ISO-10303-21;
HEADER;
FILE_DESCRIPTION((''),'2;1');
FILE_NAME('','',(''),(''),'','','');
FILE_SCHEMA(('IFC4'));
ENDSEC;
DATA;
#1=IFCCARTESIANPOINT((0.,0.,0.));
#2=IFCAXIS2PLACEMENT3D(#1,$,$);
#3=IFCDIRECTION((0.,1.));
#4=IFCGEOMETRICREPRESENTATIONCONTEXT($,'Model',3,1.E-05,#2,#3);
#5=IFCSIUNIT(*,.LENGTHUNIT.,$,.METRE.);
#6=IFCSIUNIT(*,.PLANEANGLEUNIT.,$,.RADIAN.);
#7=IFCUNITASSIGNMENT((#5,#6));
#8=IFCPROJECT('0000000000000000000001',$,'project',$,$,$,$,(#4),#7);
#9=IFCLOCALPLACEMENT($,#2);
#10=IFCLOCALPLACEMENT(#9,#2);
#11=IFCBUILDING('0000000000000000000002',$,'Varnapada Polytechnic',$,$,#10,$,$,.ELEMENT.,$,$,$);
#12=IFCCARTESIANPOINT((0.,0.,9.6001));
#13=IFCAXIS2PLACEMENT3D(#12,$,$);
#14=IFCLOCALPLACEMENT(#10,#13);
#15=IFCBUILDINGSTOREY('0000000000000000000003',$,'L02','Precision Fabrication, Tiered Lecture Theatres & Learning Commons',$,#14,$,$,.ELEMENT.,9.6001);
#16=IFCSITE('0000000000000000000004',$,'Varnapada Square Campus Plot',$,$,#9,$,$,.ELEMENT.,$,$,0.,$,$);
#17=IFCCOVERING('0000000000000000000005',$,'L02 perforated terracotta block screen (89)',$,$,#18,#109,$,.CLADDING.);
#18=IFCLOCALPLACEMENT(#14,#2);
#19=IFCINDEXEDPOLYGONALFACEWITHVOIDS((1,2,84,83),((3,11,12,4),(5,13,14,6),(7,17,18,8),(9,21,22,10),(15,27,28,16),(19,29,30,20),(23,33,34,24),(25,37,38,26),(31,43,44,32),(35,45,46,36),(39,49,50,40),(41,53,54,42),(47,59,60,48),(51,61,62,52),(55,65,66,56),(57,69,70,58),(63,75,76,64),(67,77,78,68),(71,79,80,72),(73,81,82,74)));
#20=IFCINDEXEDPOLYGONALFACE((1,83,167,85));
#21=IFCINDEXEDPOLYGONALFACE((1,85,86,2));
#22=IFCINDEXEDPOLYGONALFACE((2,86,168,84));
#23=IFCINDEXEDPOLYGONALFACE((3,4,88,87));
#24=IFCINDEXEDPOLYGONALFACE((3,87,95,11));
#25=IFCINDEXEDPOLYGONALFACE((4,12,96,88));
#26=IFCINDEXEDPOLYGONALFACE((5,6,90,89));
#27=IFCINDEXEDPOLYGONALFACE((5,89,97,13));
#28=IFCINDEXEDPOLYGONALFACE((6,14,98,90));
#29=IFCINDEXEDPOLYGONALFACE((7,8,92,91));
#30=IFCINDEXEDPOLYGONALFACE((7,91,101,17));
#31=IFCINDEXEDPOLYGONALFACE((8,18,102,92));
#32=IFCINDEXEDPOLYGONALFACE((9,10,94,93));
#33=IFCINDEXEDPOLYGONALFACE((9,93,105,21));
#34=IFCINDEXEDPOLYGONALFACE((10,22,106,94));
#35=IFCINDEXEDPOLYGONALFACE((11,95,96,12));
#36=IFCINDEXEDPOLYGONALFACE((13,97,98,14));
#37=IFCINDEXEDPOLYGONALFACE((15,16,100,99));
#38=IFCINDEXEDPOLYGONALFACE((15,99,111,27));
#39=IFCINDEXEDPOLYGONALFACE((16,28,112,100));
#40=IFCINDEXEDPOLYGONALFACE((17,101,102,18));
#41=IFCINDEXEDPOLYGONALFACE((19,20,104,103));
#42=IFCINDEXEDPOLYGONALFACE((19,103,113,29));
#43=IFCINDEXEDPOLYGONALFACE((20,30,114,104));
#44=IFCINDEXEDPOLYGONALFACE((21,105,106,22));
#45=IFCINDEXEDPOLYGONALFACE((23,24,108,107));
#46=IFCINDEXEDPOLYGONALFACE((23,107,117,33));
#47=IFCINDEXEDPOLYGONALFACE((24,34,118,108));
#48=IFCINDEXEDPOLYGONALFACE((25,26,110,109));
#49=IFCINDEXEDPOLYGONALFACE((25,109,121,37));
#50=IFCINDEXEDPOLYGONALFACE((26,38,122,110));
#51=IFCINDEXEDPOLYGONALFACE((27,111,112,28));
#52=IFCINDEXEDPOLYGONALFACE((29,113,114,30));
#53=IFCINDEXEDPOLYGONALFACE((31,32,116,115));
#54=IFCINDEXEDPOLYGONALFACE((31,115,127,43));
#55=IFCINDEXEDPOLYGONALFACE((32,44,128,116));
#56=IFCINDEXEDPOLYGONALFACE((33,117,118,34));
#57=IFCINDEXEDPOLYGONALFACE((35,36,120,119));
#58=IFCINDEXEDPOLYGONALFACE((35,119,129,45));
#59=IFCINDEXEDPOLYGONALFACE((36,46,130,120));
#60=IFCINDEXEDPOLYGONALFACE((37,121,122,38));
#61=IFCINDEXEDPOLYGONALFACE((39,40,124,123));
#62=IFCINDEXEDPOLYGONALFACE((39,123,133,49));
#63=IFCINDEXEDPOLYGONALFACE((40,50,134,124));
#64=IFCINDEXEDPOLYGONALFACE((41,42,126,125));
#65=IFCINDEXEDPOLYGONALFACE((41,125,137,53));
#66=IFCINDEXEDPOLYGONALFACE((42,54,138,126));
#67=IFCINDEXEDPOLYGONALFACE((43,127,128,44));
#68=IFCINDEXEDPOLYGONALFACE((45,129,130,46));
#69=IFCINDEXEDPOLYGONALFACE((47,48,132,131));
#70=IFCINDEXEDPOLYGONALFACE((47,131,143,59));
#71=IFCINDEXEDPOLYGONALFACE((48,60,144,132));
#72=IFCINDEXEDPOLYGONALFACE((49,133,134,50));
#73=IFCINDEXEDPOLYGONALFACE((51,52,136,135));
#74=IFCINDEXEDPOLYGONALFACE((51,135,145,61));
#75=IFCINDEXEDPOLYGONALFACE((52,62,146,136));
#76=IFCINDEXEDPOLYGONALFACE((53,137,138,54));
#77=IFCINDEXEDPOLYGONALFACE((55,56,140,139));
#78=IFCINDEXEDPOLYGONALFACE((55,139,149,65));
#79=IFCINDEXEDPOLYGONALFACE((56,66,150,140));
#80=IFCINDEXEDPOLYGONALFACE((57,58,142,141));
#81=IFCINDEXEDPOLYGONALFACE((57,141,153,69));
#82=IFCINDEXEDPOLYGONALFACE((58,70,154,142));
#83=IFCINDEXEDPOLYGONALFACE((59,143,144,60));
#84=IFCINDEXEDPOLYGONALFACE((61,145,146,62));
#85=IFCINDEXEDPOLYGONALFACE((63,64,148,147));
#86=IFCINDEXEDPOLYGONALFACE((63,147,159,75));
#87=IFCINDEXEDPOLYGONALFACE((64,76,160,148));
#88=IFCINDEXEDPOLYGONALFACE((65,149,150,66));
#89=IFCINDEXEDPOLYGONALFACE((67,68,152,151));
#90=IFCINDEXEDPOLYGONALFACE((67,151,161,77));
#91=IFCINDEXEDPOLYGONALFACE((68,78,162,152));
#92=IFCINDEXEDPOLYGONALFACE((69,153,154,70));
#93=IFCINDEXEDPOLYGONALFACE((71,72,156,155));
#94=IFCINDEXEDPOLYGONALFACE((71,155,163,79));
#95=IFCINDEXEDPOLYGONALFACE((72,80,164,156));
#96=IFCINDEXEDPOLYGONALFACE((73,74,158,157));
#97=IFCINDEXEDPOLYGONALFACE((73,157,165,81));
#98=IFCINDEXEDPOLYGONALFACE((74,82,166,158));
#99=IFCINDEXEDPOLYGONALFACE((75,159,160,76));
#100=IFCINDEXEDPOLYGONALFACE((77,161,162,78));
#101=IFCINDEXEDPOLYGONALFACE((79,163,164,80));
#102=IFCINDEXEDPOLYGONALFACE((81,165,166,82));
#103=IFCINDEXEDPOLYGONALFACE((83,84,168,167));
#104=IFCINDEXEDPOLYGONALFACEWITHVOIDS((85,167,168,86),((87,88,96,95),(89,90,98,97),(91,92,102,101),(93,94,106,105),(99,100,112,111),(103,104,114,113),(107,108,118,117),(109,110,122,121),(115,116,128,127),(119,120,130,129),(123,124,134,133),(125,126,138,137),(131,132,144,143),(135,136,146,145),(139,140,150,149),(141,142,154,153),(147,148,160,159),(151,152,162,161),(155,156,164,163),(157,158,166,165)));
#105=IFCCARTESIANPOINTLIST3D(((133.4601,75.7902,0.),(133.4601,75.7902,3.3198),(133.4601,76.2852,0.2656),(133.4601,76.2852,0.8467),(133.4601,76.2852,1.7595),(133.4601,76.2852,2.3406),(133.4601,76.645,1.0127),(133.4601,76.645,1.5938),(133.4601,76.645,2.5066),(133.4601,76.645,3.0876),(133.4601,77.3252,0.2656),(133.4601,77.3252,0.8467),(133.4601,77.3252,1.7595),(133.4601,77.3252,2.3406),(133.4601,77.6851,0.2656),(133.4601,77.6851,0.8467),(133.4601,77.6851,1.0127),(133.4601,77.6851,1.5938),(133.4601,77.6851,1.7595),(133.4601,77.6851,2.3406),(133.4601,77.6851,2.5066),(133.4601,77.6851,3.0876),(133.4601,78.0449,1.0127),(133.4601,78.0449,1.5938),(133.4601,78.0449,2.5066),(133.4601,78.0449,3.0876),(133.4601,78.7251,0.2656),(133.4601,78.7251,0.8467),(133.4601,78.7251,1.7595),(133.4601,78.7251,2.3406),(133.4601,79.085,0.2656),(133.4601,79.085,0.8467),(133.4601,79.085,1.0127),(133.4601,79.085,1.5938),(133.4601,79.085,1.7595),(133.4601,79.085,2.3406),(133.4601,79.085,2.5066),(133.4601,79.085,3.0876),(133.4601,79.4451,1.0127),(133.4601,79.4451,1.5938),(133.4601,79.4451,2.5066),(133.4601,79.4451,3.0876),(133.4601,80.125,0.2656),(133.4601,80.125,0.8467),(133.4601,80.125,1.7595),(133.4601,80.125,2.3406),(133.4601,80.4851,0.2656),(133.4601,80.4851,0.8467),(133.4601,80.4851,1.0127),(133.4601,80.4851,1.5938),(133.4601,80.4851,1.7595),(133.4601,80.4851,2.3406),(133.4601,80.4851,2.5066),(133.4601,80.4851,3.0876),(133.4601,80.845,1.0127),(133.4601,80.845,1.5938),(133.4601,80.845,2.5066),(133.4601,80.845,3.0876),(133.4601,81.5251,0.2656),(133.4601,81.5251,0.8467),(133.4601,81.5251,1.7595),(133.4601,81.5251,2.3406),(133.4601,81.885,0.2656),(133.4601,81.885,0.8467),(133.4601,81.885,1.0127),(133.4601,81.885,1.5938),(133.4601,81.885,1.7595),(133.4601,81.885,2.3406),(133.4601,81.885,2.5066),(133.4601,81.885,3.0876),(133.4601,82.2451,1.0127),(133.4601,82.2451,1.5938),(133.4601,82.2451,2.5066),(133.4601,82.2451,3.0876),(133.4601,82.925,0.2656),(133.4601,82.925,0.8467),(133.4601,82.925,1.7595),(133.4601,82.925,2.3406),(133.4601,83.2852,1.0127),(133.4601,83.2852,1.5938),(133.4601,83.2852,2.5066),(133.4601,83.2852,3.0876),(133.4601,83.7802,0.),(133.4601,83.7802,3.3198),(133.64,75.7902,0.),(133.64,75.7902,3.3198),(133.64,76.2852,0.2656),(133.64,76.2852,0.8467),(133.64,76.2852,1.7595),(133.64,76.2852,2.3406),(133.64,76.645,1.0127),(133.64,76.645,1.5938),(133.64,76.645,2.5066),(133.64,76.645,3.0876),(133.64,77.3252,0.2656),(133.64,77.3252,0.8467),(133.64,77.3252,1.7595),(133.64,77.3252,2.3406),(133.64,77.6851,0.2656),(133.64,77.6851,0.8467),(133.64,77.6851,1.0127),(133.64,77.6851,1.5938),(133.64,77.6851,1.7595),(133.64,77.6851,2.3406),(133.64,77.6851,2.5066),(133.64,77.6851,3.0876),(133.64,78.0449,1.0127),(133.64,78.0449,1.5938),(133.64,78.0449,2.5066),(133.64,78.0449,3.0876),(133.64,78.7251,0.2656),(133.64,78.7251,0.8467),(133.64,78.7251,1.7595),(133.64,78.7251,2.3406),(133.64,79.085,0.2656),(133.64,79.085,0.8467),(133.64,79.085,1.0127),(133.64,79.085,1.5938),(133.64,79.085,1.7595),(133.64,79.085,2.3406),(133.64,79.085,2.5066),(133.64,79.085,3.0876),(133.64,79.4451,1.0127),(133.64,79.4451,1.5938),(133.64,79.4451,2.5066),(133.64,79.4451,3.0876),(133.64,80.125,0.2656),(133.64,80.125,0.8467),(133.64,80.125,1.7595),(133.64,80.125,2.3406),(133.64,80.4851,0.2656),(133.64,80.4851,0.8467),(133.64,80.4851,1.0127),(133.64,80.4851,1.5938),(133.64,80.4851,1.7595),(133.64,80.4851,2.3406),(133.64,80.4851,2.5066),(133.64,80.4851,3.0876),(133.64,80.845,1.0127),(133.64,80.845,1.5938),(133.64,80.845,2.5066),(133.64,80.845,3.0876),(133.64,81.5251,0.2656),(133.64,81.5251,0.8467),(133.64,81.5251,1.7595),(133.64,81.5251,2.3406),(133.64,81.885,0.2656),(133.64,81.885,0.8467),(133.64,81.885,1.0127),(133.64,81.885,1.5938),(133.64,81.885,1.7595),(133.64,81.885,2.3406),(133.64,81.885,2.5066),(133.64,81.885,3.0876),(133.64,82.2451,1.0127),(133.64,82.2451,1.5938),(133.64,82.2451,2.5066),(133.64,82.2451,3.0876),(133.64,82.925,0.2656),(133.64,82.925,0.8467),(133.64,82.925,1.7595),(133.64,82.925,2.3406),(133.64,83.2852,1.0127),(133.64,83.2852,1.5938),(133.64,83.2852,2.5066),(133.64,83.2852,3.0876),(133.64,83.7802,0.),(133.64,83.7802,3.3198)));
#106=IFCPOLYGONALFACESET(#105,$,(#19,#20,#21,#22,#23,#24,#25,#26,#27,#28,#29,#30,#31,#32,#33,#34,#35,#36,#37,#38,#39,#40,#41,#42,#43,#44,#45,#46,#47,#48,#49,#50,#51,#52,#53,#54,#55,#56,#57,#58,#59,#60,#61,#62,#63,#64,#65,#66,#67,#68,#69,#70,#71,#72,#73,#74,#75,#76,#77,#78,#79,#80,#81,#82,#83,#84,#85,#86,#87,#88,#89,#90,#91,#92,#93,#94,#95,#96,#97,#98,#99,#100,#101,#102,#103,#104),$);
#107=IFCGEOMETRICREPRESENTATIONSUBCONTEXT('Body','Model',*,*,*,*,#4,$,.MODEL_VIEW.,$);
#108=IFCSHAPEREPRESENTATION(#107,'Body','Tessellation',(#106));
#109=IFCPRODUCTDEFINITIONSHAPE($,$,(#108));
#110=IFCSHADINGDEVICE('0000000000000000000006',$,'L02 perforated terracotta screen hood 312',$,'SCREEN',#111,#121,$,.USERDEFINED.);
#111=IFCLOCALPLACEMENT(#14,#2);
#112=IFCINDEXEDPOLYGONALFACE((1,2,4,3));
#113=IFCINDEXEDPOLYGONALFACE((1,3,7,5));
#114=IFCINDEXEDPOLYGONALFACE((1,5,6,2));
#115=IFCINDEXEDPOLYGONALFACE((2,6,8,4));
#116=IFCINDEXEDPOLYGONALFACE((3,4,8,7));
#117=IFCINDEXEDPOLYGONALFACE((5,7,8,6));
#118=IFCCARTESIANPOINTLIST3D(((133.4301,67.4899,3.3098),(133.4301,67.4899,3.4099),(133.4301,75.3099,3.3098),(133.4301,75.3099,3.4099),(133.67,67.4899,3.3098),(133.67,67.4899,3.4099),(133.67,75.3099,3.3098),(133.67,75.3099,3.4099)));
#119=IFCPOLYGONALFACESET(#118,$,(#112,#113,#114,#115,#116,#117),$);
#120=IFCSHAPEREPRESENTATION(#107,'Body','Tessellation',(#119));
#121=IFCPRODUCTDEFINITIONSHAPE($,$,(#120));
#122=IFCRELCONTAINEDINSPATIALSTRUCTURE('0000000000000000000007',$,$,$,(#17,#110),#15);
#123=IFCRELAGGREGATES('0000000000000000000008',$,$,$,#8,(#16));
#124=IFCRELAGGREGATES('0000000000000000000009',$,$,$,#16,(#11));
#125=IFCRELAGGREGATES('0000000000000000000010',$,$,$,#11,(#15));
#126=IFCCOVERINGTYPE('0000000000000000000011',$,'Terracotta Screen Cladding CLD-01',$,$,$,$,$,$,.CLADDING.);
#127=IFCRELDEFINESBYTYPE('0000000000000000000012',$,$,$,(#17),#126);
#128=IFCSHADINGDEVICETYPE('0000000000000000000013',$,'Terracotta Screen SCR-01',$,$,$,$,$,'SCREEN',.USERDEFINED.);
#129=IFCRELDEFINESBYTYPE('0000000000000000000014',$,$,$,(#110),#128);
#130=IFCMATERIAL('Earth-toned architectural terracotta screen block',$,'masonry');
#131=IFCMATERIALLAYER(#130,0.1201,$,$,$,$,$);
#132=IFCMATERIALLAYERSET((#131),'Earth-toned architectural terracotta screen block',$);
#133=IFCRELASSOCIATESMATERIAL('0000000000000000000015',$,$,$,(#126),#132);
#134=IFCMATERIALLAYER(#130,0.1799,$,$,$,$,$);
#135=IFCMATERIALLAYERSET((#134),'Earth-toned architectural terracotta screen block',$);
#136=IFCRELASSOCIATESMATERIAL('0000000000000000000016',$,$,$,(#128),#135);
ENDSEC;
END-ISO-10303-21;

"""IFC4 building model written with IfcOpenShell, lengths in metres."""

from ifc_helpers import new_model, si_unit, direction, frame, frame_2d, origin, origin_2d, place, context, subcontext, project, spatial, rectangle, extrude, material, layer, layer_set, type_object, element, save


model = new_model("IFC4")

# Units and contexts
model_context = context("Model", 3, precision=1e-05, world=origin(), true_north=direction((0.0, 1.0)))
body_context = subcontext(model_context, "Body", "Model", "MODEL_VIEW")
ifc_project = project(units=[si_unit("LENGTHUNIT", "METRE"), si_unit("PLANEANGLEUNIT", "RADIAN")], contexts=[model_context])

# Site, building, storey
site_placement = place(None, origin())
site = spatial("IfcSite", under=ifc_project, at=site_placement, Name="Varnapada Square Campus Plot", CompositionType="ELEMENT", RefElevation=0.0)
building_placement = place(site_placement, origin())
building = spatial("IfcBuilding", under=site, at=building_placement, Name="Varnapada Polytechnic", CompositionType="ELEMENT")
storey_placement = place(building_placement, frame((0.0, 0.0, 9.6001)))
storey = spatial("IfcBuildingStorey", under=building, at=storey_placement, Name="L02", Description="Precision Fabrication, Tiered Lecture Theatres & Learning Commons", CompositionType="ELEMENT", Elevation=9.6001)

# Covering, openings
ifc_material = material(Name="Earth-toned architectural terracotta screen block", Category="masonry")
ifc_layer_1 = layer(ifc_material, 0.1201)
ifc_layer_set_1 = layer_set([ifc_layer_1], Name="Earth-toned architectural terracotta screen block")
covering_type = type_object("IfcCoveringType", Name="Terracotta Screen Cladding CLD-01", PredefinedType="CLADDING", material=ifc_layer_set_1)
covering_placement = place(storey_placement, frame((133.55, 75.79, 0.0), z_axis=(0.0, 0.0, 1.0), x_axis=(0.0, 1.0, 0.0)))
covering = element("IfcCovering", 1, at=covering_placement, inside=storey, type_object=covering_type, Name="L02 perforated terracotta block screen (89)", PredefinedType="CLADDING", context=body_context, shape_type="SweptSolid", body=[
    extrude(rectangle(XDim=7.99, YDim=0.1799, at=frame_2d((3.9951, 0.0))), origin(), (0.0, 0.0, 1.0), 3.3198),
])
opening_1_placement = place(covering_placement, frame((0.4951, 0.0, 0.2656)))
element("IfcOpeningElement", 2, at=opening_1_placement, cuts=covering, PredefinedType="OPENING", context=body_context, shape_type="SweptSolid", body=[
    extrude(rectangle(XDim=1.04, YDim=0.5811, at=frame_2d((0.52, 0.2905))), frame((0.0, 0.0999, 0.0), z_axis=(0.0, -1.0, 0.0), x_axis=(1.0, 0.0, 0.0)), (0.0, 0.0, 1.0), 0.2),
])
opening_2_placement = place(covering_placement, frame((1.895, 0.0, 0.2656)))
element("IfcOpeningElement", 3, at=opening_2_placement, cuts=covering, PredefinedType="OPENING", context=body_context, shape_type="SweptSolid", body=[
    extrude(rectangle(XDim=1.04, YDim=0.5811, at=frame_2d((0.52, 0.2905))), frame((0.0, 0.0999, 0.0), z_axis=(0.0, -1.0, 0.0), x_axis=(1.0, 0.0, 0.0)), (0.0, 0.0, 1.0), 0.2),
])
opening_3_placement = place(covering_placement, frame((3.2949, 0.0, 0.2656)))
element("IfcOpeningElement", 4, at=opening_3_placement, cuts=covering, PredefinedType="OPENING", context=body_context, shape_type="SweptSolid", body=[
    extrude(rectangle(XDim=1.04, YDim=0.5811, at=frame_2d((0.52, 0.2905))), frame((0.0, 0.0999, 0.0), z_axis=(0.0, -1.0, 0.0), x_axis=(1.0, 0.0, 0.0)), (0.0, 0.0, 1.0), 0.2),
])
opening_4_placement = place(covering_placement, frame((4.6951, 0.0, 0.2656)))
element("IfcOpeningElement", 5, at=opening_4_placement, cuts=covering, PredefinedType="OPENING", context=body_context, shape_type="SweptSolid", body=[
    extrude(rectangle(XDim=1.04, YDim=0.5811, at=frame_2d((0.52, 0.2905))), frame((0.0, 0.0999, 0.0), z_axis=(0.0, -1.0, 0.0), x_axis=(1.0, 0.0, 0.0)), (0.0, 0.0, 1.0), 0.2),
])
opening_5_placement = place(covering_placement, frame((6.095, 0.0, 0.2656)))
element("IfcOpeningElement", 6, at=opening_5_placement, cuts=covering, PredefinedType="OPENING", context=body_context, shape_type="SweptSolid", body=[
    extrude(rectangle(XDim=1.04, YDim=0.5811, at=frame_2d((0.52, 0.2905))), frame((0.0, 0.0999, 0.0), z_axis=(0.0, -1.0, 0.0), x_axis=(1.0, 0.0, 0.0)), (0.0, 0.0, 1.0), 0.2),
])
opening_6_placement = place(covering_placement, frame((0.855, 0.0, 1.0127)))
element("IfcOpeningElement", 7, at=opening_6_placement, cuts=covering, PredefinedType="OPENING", context=body_context, shape_type="SweptSolid", body=[
    extrude(rectangle(XDim=1.04, YDim=0.5811, at=frame_2d((0.52, 0.2905))), frame((0.0, 0.0999, 0.0), z_axis=(0.0, -1.0, 0.0), x_axis=(1.0, 0.0, 0.0)), (0.0, 0.0, 1.0), 0.2),
])
opening_7_placement = place(covering_placement, frame((2.2549, 0.0, 1.0127)))
element("IfcOpeningElement", 8, at=opening_7_placement, cuts=covering, PredefinedType="OPENING", context=body_context, shape_type="SweptSolid", body=[
    extrude(rectangle(XDim=1.04, YDim=0.5811, at=frame_2d((0.52, 0.2905))), frame((0.0, 0.0999, 0.0), z_axis=(0.0, -1.0, 0.0), x_axis=(1.0, 0.0, 0.0)), (0.0, 0.0, 1.0), 0.2),
])
opening_8_placement = place(covering_placement, frame((3.655, 0.0, 1.0127)))
element("IfcOpeningElement", 9, at=opening_8_placement, cuts=covering, PredefinedType="OPENING", context=body_context, shape_type="SweptSolid", body=[
    extrude(rectangle(XDim=1.04, YDim=0.5811, at=frame_2d((0.52, 0.2905))), frame((0.0, 0.0999, 0.0), z_axis=(0.0, -1.0, 0.0), x_axis=(1.0, 0.0, 0.0)), (0.0, 0.0, 1.0), 0.2),
])
opening_9_placement = place(covering_placement, frame((5.0549, 0.0, 1.0127)))
element("IfcOpeningElement", 10, at=opening_9_placement, cuts=covering, PredefinedType="OPENING", context=body_context, shape_type="SweptSolid", body=[
    extrude(rectangle(XDim=1.04, YDim=0.5811, at=frame_2d((0.52, 0.2905))), frame((0.0, 0.0999, 0.0), z_axis=(0.0, -1.0, 0.0), x_axis=(1.0, 0.0, 0.0)), (0.0, 0.0, 1.0), 0.2),
])
opening_10_placement = place(covering_placement, frame((6.4551, 0.0, 1.0127)))
element("IfcOpeningElement", 11, at=opening_10_placement, cuts=covering, PredefinedType="OPENING", context=body_context, shape_type="SweptSolid", body=[
    extrude(rectangle(XDim=1.04, YDim=0.5811, at=frame_2d((0.52, 0.2905))), frame((0.0, 0.0999, 0.0), z_axis=(0.0, -1.0, 0.0), x_axis=(1.0, 0.0, 0.0)), (0.0, 0.0, 1.0), 0.2),
])
opening_11_placement = place(covering_placement, frame((0.4951, 0.0, 1.7595)))
element("IfcOpeningElement", 12, at=opening_11_placement, cuts=covering, PredefinedType="OPENING", context=body_context, shape_type="SweptSolid", body=[
    extrude(rectangle(XDim=1.04, YDim=0.5811, at=frame_2d((0.52, 0.2905))), frame((0.0, 0.0999, 0.0), z_axis=(0.0, -1.0, 0.0), x_axis=(1.0, 0.0, 0.0)), (0.0, 0.0, 1.0), 0.2),
])
opening_12_placement = place(covering_placement, frame((1.895, 0.0, 1.7595)))
element("IfcOpeningElement", 13, at=opening_12_placement, cuts=covering, PredefinedType="OPENING", context=body_context, shape_type="SweptSolid", body=[
    extrude(rectangle(XDim=1.04, YDim=0.5811, at=frame_2d((0.52, 0.2905))), frame((0.0, 0.0999, 0.0), z_axis=(0.0, -1.0, 0.0), x_axis=(1.0, 0.0, 0.0)), (0.0, 0.0, 1.0), 0.2),
])
opening_13_placement = place(covering_placement, frame((3.2949, 0.0, 1.7595)))
element("IfcOpeningElement", 14, at=opening_13_placement, cuts=covering, PredefinedType="OPENING", context=body_context, shape_type="SweptSolid", body=[
    extrude(rectangle(XDim=1.04, YDim=0.5811, at=frame_2d((0.52, 0.2905))), frame((0.0, 0.0999, 0.0), z_axis=(0.0, -1.0, 0.0), x_axis=(1.0, 0.0, 0.0)), (0.0, 0.0, 1.0), 0.2),
])
opening_14_placement = place(covering_placement, frame((4.6951, 0.0, 1.7595)))
element("IfcOpeningElement", 15, at=opening_14_placement, cuts=covering, PredefinedType="OPENING", context=body_context, shape_type="SweptSolid", body=[
    extrude(rectangle(XDim=1.04, YDim=0.5811, at=frame_2d((0.52, 0.2905))), frame((0.0, 0.0999, 0.0), z_axis=(0.0, -1.0, 0.0), x_axis=(1.0, 0.0, 0.0)), (0.0, 0.0, 1.0), 0.2),
])
opening_15_placement = place(covering_placement, frame((6.095, 0.0, 1.7595)))
element("IfcOpeningElement", 16, at=opening_15_placement, cuts=covering, PredefinedType="OPENING", context=body_context, shape_type="SweptSolid", body=[
    extrude(rectangle(XDim=1.04, YDim=0.5811, at=frame_2d((0.52, 0.2905))), frame((0.0, 0.0999, 0.0), z_axis=(0.0, -1.0, 0.0), x_axis=(1.0, 0.0, 0.0)), (0.0, 0.0, 1.0), 0.2),
])
opening_16_placement = place(covering_placement, frame((0.855, 0.0, 2.5066)))
element("IfcOpeningElement", 17, at=opening_16_placement, cuts=covering, PredefinedType="OPENING", context=body_context, shape_type="SweptSolid", body=[
    extrude(rectangle(XDim=1.04, YDim=0.5811, at=frame_2d((0.52, 0.2905))), frame((0.0, 0.0999, 0.0), z_axis=(0.0, -1.0, 0.0), x_axis=(1.0, 0.0, 0.0)), (0.0, 0.0, 1.0), 0.2),
])
opening_17_placement = place(covering_placement, frame((2.2549, 0.0, 2.5066)))
element("IfcOpeningElement", 18, at=opening_17_placement, cuts=covering, PredefinedType="OPENING", context=body_context, shape_type="SweptSolid", body=[
    extrude(rectangle(XDim=1.04, YDim=0.5811, at=frame_2d((0.52, 0.2905))), frame((0.0, 0.0999, 0.0), z_axis=(0.0, -1.0, 0.0), x_axis=(1.0, 0.0, 0.0)), (0.0, 0.0, 1.0), 0.2),
])
opening_18_placement = place(covering_placement, frame((3.655, 0.0, 2.5066)))
element("IfcOpeningElement", 19, at=opening_18_placement, cuts=covering, PredefinedType="OPENING", context=body_context, shape_type="SweptSolid", body=[
    extrude(rectangle(XDim=1.04, YDim=0.5811, at=frame_2d((0.52, 0.2905))), frame((0.0, 0.0999, 0.0), z_axis=(0.0, -1.0, 0.0), x_axis=(1.0, 0.0, 0.0)), (0.0, 0.0, 1.0), 0.2),
])
opening_19_placement = place(covering_placement, frame((5.0549, 0.0, 2.5066)))
element("IfcOpeningElement", 20, at=opening_19_placement, cuts=covering, PredefinedType="OPENING", context=body_context, shape_type="SweptSolid", body=[
    extrude(rectangle(XDim=1.04, YDim=0.5811, at=frame_2d((0.52, 0.2905))), frame((0.0, 0.0999, 0.0), z_axis=(0.0, -1.0, 0.0), x_axis=(1.0, 0.0, 0.0)), (0.0, 0.0, 1.0), 0.2),
])
opening_20_placement = place(covering_placement, frame((6.4551, 0.0, 2.5066)))
element("IfcOpeningElement", 21, at=opening_20_placement, cuts=covering, PredefinedType="OPENING", context=body_context, shape_type="SweptSolid", body=[
    extrude(rectangle(XDim=1.04, YDim=0.5811, at=frame_2d((0.52, 0.2905))), frame((0.0, 0.0999, 0.0), z_axis=(0.0, -1.0, 0.0), x_axis=(1.0, 0.0, 0.0)), (0.0, 0.0, 1.0), 0.2),
])

# Shading device
ifc_layer_2 = layer(ifc_material, 0.1799)
ifc_layer_set_2 = layer_set([ifc_layer_2], Name="Earth-toned architectural terracotta screen block")
shading_device_type = type_object("IfcShadingDeviceType", Name="Terracotta Screen SCR-01", ElementType="SCREEN", PredefinedType="USERDEFINED", material=ifc_layer_set_2)
shading_device_placement = place(storey_placement, frame((133.55, 71.3999, 3.3098), z_axis=(0.0, 0.0, 1.0), x_axis=(0.0, 1.0, 0.0)))
element("IfcShadingDevice", 22, at=shading_device_placement, inside=storey, type_object=shading_device_type, Name="L02 perforated terracotta screen hood 312", ObjectType="SCREEN", PredefinedType="USERDEFINED", context=body_context, shape_type="SweptSolid", body=[
    extrude(rectangle(XDim=7.8201, YDim=0.24, at=origin_2d()), origin(), (0.0, 0.0, 1.0), 0.1001),
])

save(model, "model.ifc")
